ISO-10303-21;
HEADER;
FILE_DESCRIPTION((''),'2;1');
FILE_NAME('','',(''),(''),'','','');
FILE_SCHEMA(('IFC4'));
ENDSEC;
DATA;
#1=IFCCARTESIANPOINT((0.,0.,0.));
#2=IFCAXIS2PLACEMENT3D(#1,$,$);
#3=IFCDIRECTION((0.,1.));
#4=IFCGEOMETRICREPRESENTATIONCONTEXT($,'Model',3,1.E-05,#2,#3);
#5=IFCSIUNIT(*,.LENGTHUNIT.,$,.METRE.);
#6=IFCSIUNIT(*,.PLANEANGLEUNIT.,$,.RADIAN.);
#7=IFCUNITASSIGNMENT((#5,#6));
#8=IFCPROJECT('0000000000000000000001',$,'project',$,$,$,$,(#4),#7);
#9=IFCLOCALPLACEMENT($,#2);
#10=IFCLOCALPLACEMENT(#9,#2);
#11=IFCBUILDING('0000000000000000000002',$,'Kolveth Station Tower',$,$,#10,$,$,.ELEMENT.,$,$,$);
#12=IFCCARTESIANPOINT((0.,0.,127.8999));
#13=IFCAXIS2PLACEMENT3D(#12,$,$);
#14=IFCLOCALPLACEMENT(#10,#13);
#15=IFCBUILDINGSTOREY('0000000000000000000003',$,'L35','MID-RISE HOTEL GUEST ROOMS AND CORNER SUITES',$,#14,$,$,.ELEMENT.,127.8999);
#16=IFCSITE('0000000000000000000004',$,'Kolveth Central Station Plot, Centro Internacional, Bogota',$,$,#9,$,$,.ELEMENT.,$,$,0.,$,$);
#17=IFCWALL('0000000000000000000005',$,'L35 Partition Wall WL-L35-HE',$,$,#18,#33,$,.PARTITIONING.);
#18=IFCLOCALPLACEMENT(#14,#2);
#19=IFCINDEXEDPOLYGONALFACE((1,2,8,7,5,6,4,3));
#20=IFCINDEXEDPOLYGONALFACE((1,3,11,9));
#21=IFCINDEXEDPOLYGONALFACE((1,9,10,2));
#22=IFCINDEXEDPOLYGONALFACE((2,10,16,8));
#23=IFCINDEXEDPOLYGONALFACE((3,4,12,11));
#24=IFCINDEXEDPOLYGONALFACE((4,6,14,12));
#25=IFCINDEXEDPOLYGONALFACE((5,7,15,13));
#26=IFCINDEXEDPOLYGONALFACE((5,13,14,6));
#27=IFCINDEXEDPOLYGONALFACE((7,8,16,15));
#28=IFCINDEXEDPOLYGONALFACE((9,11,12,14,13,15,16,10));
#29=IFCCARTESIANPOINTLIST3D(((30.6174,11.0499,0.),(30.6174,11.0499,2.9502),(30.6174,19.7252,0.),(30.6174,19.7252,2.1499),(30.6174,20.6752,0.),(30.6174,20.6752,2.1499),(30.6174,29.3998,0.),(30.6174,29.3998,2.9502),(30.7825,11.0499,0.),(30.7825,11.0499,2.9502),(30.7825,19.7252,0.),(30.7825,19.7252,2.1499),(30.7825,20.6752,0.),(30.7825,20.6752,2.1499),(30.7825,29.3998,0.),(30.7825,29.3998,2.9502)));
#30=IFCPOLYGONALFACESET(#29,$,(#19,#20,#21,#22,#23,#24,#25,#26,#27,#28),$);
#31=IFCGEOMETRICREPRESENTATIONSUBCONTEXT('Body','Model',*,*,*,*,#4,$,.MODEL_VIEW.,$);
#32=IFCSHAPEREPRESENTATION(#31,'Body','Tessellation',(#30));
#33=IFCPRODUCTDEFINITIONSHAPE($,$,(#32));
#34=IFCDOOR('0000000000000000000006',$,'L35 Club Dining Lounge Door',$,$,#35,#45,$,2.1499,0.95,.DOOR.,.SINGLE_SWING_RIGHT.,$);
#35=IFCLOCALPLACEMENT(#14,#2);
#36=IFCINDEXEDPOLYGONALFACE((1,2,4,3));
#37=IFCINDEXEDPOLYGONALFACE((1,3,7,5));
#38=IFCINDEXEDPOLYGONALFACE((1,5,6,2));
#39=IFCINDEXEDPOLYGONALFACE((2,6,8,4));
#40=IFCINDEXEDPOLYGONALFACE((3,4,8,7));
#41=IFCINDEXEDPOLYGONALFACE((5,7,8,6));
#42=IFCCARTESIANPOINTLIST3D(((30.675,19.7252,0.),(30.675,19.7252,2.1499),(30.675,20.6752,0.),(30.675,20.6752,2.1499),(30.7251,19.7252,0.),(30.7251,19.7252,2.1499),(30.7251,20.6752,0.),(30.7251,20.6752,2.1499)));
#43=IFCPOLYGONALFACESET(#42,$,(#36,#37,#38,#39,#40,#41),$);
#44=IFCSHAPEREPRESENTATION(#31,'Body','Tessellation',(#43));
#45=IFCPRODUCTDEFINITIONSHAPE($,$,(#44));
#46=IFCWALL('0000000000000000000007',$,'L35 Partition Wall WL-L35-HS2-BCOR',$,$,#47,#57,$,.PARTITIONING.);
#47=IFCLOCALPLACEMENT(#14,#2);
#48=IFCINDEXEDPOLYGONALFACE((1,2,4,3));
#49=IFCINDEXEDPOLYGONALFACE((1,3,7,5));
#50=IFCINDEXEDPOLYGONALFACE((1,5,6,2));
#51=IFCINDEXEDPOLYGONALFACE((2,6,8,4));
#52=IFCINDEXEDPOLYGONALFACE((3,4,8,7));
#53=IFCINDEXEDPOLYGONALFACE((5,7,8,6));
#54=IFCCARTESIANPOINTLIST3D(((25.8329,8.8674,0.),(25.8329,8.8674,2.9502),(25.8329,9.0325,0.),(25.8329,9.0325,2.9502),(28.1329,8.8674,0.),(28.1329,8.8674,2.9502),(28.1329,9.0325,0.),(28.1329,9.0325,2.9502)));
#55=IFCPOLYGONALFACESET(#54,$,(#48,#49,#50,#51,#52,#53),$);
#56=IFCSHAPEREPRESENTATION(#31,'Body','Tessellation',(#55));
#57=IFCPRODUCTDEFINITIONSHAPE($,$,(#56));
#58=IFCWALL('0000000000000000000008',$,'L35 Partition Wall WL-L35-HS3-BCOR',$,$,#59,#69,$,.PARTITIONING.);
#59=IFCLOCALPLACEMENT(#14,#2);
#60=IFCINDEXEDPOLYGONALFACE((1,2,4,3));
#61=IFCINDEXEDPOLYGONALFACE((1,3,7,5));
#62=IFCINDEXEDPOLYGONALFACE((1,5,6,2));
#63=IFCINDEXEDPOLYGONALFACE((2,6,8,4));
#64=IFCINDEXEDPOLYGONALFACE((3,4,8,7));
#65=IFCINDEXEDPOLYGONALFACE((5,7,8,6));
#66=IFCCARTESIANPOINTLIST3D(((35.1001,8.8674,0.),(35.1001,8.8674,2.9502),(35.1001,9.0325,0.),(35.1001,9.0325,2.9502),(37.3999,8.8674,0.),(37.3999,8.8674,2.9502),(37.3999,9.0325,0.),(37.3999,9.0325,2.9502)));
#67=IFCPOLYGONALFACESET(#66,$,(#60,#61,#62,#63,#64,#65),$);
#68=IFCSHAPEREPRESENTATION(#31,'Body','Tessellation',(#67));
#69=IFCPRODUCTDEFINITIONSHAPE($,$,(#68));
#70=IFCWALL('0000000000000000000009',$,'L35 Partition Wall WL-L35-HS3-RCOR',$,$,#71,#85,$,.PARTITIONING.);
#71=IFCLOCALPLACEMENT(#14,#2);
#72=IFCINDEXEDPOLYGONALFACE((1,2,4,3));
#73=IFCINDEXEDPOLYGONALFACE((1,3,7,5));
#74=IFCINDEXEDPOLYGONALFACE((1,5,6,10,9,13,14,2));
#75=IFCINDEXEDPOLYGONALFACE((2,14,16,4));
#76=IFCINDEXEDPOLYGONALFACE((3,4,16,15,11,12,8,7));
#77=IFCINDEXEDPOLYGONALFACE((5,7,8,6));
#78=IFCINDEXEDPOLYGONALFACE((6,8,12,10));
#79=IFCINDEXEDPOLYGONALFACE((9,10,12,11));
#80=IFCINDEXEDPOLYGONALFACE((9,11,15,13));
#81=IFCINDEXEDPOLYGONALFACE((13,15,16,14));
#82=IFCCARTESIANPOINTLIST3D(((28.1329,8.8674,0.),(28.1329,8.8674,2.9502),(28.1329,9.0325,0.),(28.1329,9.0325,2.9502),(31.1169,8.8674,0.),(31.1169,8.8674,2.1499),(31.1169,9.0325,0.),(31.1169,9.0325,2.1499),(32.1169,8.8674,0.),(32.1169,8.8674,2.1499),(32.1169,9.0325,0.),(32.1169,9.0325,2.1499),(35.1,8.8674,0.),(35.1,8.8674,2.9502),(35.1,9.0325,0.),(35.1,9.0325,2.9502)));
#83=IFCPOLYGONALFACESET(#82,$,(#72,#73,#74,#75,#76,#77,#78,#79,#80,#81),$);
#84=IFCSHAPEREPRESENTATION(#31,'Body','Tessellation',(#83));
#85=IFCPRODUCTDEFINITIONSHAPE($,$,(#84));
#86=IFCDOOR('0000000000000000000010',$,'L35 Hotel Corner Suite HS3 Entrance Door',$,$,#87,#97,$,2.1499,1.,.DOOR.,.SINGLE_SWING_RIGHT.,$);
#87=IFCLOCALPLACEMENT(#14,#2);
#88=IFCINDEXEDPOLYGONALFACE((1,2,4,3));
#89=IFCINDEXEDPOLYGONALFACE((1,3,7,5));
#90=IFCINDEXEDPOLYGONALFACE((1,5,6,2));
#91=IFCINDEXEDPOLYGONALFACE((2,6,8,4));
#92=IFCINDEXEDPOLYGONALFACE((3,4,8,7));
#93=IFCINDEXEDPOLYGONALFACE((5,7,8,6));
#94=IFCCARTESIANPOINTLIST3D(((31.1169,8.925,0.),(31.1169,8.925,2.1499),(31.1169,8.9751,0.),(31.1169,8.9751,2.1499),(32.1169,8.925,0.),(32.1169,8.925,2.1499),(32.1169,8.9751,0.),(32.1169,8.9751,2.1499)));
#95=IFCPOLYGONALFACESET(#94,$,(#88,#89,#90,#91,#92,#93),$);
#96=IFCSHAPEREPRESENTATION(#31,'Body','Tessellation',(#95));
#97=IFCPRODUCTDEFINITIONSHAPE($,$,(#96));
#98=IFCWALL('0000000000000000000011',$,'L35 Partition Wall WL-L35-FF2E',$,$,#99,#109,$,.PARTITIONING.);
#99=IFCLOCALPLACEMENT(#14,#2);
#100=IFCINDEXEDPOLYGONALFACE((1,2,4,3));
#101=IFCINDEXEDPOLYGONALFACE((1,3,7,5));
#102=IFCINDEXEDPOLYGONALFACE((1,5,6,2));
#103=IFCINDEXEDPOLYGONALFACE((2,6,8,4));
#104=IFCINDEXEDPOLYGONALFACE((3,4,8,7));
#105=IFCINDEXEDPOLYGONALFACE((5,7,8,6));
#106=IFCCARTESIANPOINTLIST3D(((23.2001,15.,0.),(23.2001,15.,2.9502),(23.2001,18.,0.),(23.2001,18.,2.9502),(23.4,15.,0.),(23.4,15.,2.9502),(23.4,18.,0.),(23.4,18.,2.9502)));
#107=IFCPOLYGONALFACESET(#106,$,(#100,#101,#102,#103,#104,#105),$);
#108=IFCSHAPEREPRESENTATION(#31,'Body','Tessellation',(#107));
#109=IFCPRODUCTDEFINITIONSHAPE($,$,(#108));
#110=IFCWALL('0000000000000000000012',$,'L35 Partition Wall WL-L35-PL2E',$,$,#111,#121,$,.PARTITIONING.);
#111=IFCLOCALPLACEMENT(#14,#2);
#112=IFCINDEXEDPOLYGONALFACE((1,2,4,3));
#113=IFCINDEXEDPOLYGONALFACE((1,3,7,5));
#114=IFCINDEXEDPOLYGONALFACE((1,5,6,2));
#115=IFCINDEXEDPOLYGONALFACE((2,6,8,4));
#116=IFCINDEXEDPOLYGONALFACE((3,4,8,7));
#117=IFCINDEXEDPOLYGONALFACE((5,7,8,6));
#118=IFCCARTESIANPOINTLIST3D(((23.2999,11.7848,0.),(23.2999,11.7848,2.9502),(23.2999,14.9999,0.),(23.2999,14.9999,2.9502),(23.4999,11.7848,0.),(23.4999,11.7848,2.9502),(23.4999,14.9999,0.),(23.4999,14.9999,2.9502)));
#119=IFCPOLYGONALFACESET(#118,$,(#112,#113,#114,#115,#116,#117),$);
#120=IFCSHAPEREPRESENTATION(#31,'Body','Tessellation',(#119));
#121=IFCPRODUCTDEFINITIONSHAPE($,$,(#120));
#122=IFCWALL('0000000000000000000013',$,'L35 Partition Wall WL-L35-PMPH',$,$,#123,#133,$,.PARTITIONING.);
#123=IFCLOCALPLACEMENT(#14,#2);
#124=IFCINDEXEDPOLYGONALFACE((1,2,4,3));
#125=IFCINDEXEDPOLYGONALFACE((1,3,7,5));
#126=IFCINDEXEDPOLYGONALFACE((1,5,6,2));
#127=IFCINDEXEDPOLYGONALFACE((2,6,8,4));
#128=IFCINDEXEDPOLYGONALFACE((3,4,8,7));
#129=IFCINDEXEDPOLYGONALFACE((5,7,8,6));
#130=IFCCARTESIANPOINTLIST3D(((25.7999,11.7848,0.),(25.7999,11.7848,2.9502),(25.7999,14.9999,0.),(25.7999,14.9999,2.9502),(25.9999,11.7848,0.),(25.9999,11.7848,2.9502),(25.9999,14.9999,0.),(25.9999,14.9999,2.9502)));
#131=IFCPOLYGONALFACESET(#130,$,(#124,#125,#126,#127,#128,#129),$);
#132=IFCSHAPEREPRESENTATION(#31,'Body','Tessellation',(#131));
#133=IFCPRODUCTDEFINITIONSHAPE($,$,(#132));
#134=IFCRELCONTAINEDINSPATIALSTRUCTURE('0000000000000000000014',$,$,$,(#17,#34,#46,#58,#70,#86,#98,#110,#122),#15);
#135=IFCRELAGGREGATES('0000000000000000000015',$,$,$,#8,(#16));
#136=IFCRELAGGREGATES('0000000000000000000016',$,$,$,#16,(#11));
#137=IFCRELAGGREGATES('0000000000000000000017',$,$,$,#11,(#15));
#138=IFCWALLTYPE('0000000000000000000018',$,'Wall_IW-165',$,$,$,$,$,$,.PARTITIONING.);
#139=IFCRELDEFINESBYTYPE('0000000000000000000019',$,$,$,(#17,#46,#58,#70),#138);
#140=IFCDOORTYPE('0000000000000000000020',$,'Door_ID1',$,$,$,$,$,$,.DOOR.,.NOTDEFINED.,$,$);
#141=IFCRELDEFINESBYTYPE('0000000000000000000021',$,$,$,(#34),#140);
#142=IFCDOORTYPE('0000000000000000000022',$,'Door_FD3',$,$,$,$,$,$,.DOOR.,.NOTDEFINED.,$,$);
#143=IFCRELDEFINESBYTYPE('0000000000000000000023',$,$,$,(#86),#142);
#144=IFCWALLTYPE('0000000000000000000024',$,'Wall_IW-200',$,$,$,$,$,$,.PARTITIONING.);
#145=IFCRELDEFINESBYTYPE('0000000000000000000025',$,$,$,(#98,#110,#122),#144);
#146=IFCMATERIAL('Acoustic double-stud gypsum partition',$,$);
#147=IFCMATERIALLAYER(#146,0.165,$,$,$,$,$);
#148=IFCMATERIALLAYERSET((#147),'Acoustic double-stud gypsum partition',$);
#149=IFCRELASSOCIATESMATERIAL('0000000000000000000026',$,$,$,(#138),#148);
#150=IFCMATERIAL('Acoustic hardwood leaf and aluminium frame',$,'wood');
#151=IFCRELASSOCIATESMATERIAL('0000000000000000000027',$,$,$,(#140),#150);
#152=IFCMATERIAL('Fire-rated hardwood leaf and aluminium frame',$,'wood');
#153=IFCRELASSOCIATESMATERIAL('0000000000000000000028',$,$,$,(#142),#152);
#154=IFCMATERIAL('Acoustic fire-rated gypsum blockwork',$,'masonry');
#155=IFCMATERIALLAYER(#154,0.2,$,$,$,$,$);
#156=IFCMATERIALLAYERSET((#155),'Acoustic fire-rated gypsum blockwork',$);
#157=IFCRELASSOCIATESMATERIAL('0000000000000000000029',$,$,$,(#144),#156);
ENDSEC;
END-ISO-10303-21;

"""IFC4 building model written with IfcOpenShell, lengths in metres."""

from ifc_helpers import new_model, si_unit, direction, frame, frame_2d, origin, place, context, subcontext, project, spatial, rectangle, extrude, material, layer, layer_set, type_object, element, fill, save


model = new_model("IFC4")

# Units and contexts
model_context = context("Model", 3, precision=1e-05, world=origin(), true_north=direction((0.0, 1.0)))
body_context = subcontext(model_context, "Body", "Model", "MODEL_VIEW")
ifc_project = project(units=[si_unit("LENGTHUNIT", "METRE"), si_unit("PLANEANGLEUNIT", "RADIAN")], contexts=[model_context])

# Site, building, storey
site_placement = place(None, origin())
site = spatial("IfcSite", under=ifc_project, at=site_placement, Name="Kolveth Central Station Plot, Centro Internacional, Bogota", CompositionType="ELEMENT", RefElevation=0.0)
building_placement = place(site_placement, origin())
building = spatial("IfcBuilding", under=site, at=building_placement, Name="Kolveth Station Tower", CompositionType="ELEMENT")
storey_placement = place(building_placement, frame((0.0, 0.0, 127.8999)))
storey = spatial("IfcBuildingStorey", under=building, at=storey_placement, Name="L35", Description="MID-RISE HOTEL GUEST ROOMS AND CORNER SUITES", CompositionType="ELEMENT", Elevation=127.8999)

# Shared definitions
ifc_material_1 = material(Name="Acoustic double-stud gypsum partition")
ifc_layer_1 = layer(ifc_material_1, 0.165)
ifc_layer_set_1 = layer_set([ifc_layer_1], Name="Acoustic double-stud gypsum partition")
wall_type_1 = type_object("IfcWallType", Name="Wall_IW-165", PredefinedType="PARTITIONING", material=ifc_layer_set_1)

# Wall, opening, door
wall_1_placement = place(storey_placement, frame((30.7, 11.05, 0.0), z_axis=(0.0, 0.0, 1.0), x_axis=(0.0, 1.0, 0.0)))
wall_1 = element("IfcWall", 1, at=wall_1_placement, inside=storey, type_object=wall_type_1, Name="L35 Partition Wall WL-L35-HE", PredefinedType="PARTITIONING", context=body_context, shape_type="SweptSolid", body=[
    extrude(rectangle(XDim=18.3499, YDim=0.165, at=frame_2d((9.1748, 0.0))), origin(), (0.0, 0.0, 1.0), 2.9502),
])
opening_1_placement = place(wall_1_placement, frame((8.675, 0.0, 0.0)))
opening_1 = element("IfcOpeningElement", 2, at=opening_1_placement, cuts=wall_1, PredefinedType="OPENING", context=body_context, shape_type="SweptSolid", body=[
    extrude(rectangle(XDim=0.95, YDim=2.1499, at=frame_2d((0.4751, 1.075))), frame((0.0, 0.0925, 0.0), z_axis=(0.0, -1.0, 0.0), x_axis=(1.0, 0.0, 0.0)), (0.0, 0.0, 1.0), 0.1851),
])
ifc_material_2 = material(Name="Acoustic hardwood leaf and aluminium frame", Category="wood")
door_type_1 = type_object("IfcDoorType", Name="Door_ID1", OperationType="NOTDEFINED", PredefinedType="DOOR", material=ifc_material_2)
door_1_placement = place(opening_1_placement, origin())
door_1 = element("IfcDoor", 3, at=door_1_placement, inside=storey, type_object=door_type_1, Name="L35 Club Dining Lounge Door", OperationType="SINGLE_SWING_RIGHT", OverallHeight=2.1499, OverallWidth=0.95, PredefinedType="DOOR", context=body_context, shape_type="SweptSolid", body=[
    extrude(rectangle(XDim=0.95, YDim=2.1499, at=frame_2d((0.4751, 1.075))), frame((0.0, 0.0249, 0.0), z_axis=(0.0, -1.0, 0.0), x_axis=(1.0, 0.0, 0.0)), (0.0, 0.0, 1.0), 0.05),
])
fill(opening_1, door_1)

# Walls
wall_2_placement = place(storey_placement, frame((25.833, 8.95, 0.0), z_axis=(0.0, 0.0, 1.0), x_axis=(1.0, 0.0, 0.0)))
element("IfcWall", 4, at=wall_2_placement, inside=storey, type_object=wall_type_1, Name="L35 Partition Wall WL-L35-HS2-BCOR", PredefinedType="PARTITIONING", context=body_context, shape_type="SweptSolid", body=[
    extrude(rectangle(XDim=2.3, YDim=0.165, at=frame_2d((1.1499, 0.0))), origin(), (0.0, 0.0, 1.0), 2.9502),
])
wall_3_placement = place(storey_placement, frame((35.1001, 8.95, 0.0), z_axis=(0.0, 0.0, 1.0), x_axis=(1.0, 0.0, 0.0)))
element("IfcWall", 5, at=wall_3_placement, inside=storey, type_object=wall_type_1, Name="L35 Partition Wall WL-L35-HS3-BCOR", PredefinedType="PARTITIONING", context=body_context, shape_type="SweptSolid", body=[
    extrude(rectangle(XDim=2.2998, YDim=0.165, at=frame_2d((1.1499, 0.0))), origin(), (0.0, 0.0, 1.0), 2.9502),
])

# Wall, opening, door
wall_4_placement = place(storey_placement, frame((28.1331, 8.95, 0.0), z_axis=(0.0, 0.0, 1.0), x_axis=(1.0, 0.0, 0.0)))
wall_4 = element("IfcWall", 6, at=wall_4_placement, inside=storey, type_object=wall_type_1, Name="L35 Partition Wall WL-L35-HS3-RCOR", PredefinedType="PARTITIONING", context=body_context, shape_type="SweptSolid", body=[
    extrude(rectangle(XDim=6.967, YDim=0.165, at=frame_2d((3.4834, 0.0))), origin(), (0.0, 0.0, 1.0), 2.9502),
])
opening_2_placement = place(wall_4_placement, frame((2.9839, 0.0, 0.0)))
opening_2 = element("IfcOpeningElement", 7, at=opening_2_placement, cuts=wall_4, PredefinedType="OPENING", context=body_context, shape_type="SweptSolid", body=[
    extrude(rectangle(XDim=1.0, YDim=2.1499, at=frame_2d((0.5, 1.075))), frame((0.0, 0.0925, 0.0), z_axis=(0.0, -1.0, 0.0), x_axis=(1.0, 0.0, 0.0)), (0.0, 0.0, 1.0), 0.1851),
])
ifc_material_3 = material(Name="Fire-rated hardwood leaf and aluminium frame", Category="wood")
door_type_2 = type_object("IfcDoorType", Name="Door_FD3", OperationType="NOTDEFINED", PredefinedType="DOOR", material=ifc_material_3)
door_2_placement = place(opening_2_placement, frame((1.0, 0.0, 0.0), z_axis=(0.0, 0.0, 1.0), x_axis=(-1.0, 0.0, 0.0)))
door_2 = element("IfcDoor", 8, at=door_2_placement, inside=storey, type_object=door_type_2, Name="L35 Hotel Corner Suite HS3 Entrance Door", OperationType="SINGLE_SWING_RIGHT", OverallHeight=2.1499, OverallWidth=1.0, PredefinedType="DOOR", context=body_context, shape_type="SweptSolid", body=[
    extrude(rectangle(XDim=1.0, YDim=2.1499, at=frame_2d((0.5, 1.075))), frame((0.0, 0.0249, 0.0), z_axis=(0.0, -1.0, 0.0), x_axis=(1.0, 0.0, 0.0)), (0.0, 0.0, 1.0), 0.05),
])
fill(opening_2, door_2)

# Walls
ifc_material_4 = material(Name="Acoustic fire-rated gypsum blockwork", Category="masonry")
ifc_layer_2 = layer(ifc_material_4, 0.2)
ifc_layer_set_2 = layer_set([ifc_layer_2], Name="Acoustic fire-rated gypsum blockwork")
wall_type_2 = type_object("IfcWallType", Name="Wall_IW-200", PredefinedType="PARTITIONING", material=ifc_layer_set_2)
wall_5_placement = place(storey_placement, frame((23.3, 15.0, 0.0), z_axis=(0.0, 0.0, 1.0), x_axis=(0.0, 1.0, 0.0)))
element("IfcWall", 9, at=wall_5_placement, inside=storey, type_object=wall_type_2, Name="L35 Partition Wall WL-L35-FF2E", PredefinedType="PARTITIONING", context=body_context, shape_type="SweptSolid", body=[
    extrude(rectangle(XDim=3.0, YDim=0.2, at=frame_2d((1.5, 0.0))), origin(), (0.0, 0.0, 1.0), 2.9502),
])
for number, where, z_axis, x_axis, name in (
    (10, (23.3999, 11.7849, 0.0), (0.0, 0.0, 1.0), (0.0, 1.0, 0.0), "L35 Partition Wall WL-L35-PL2E"),
    (11, (25.8999, 11.7849, 0.0), (0.0, 0.0, 1.0), (0.0, 1.0, 0.0), "L35 Partition Wall WL-L35-PMPH"),
):
    element("IfcWall", number, at=place(storey_placement, frame(where, z_axis=z_axis, x_axis=x_axis)), inside=storey, type_object=wall_type_2, Name=name, PredefinedType="PARTITIONING", context=body_context, shape_type="SweptSolid", body=[
        extrude(rectangle(XDim=3.2151, YDim=0.2, at=frame_2d((1.6074, 0.0))), origin(), (0.0, 0.0, 1.0), 2.9502),
    ])

save(model, "model.ifc")
